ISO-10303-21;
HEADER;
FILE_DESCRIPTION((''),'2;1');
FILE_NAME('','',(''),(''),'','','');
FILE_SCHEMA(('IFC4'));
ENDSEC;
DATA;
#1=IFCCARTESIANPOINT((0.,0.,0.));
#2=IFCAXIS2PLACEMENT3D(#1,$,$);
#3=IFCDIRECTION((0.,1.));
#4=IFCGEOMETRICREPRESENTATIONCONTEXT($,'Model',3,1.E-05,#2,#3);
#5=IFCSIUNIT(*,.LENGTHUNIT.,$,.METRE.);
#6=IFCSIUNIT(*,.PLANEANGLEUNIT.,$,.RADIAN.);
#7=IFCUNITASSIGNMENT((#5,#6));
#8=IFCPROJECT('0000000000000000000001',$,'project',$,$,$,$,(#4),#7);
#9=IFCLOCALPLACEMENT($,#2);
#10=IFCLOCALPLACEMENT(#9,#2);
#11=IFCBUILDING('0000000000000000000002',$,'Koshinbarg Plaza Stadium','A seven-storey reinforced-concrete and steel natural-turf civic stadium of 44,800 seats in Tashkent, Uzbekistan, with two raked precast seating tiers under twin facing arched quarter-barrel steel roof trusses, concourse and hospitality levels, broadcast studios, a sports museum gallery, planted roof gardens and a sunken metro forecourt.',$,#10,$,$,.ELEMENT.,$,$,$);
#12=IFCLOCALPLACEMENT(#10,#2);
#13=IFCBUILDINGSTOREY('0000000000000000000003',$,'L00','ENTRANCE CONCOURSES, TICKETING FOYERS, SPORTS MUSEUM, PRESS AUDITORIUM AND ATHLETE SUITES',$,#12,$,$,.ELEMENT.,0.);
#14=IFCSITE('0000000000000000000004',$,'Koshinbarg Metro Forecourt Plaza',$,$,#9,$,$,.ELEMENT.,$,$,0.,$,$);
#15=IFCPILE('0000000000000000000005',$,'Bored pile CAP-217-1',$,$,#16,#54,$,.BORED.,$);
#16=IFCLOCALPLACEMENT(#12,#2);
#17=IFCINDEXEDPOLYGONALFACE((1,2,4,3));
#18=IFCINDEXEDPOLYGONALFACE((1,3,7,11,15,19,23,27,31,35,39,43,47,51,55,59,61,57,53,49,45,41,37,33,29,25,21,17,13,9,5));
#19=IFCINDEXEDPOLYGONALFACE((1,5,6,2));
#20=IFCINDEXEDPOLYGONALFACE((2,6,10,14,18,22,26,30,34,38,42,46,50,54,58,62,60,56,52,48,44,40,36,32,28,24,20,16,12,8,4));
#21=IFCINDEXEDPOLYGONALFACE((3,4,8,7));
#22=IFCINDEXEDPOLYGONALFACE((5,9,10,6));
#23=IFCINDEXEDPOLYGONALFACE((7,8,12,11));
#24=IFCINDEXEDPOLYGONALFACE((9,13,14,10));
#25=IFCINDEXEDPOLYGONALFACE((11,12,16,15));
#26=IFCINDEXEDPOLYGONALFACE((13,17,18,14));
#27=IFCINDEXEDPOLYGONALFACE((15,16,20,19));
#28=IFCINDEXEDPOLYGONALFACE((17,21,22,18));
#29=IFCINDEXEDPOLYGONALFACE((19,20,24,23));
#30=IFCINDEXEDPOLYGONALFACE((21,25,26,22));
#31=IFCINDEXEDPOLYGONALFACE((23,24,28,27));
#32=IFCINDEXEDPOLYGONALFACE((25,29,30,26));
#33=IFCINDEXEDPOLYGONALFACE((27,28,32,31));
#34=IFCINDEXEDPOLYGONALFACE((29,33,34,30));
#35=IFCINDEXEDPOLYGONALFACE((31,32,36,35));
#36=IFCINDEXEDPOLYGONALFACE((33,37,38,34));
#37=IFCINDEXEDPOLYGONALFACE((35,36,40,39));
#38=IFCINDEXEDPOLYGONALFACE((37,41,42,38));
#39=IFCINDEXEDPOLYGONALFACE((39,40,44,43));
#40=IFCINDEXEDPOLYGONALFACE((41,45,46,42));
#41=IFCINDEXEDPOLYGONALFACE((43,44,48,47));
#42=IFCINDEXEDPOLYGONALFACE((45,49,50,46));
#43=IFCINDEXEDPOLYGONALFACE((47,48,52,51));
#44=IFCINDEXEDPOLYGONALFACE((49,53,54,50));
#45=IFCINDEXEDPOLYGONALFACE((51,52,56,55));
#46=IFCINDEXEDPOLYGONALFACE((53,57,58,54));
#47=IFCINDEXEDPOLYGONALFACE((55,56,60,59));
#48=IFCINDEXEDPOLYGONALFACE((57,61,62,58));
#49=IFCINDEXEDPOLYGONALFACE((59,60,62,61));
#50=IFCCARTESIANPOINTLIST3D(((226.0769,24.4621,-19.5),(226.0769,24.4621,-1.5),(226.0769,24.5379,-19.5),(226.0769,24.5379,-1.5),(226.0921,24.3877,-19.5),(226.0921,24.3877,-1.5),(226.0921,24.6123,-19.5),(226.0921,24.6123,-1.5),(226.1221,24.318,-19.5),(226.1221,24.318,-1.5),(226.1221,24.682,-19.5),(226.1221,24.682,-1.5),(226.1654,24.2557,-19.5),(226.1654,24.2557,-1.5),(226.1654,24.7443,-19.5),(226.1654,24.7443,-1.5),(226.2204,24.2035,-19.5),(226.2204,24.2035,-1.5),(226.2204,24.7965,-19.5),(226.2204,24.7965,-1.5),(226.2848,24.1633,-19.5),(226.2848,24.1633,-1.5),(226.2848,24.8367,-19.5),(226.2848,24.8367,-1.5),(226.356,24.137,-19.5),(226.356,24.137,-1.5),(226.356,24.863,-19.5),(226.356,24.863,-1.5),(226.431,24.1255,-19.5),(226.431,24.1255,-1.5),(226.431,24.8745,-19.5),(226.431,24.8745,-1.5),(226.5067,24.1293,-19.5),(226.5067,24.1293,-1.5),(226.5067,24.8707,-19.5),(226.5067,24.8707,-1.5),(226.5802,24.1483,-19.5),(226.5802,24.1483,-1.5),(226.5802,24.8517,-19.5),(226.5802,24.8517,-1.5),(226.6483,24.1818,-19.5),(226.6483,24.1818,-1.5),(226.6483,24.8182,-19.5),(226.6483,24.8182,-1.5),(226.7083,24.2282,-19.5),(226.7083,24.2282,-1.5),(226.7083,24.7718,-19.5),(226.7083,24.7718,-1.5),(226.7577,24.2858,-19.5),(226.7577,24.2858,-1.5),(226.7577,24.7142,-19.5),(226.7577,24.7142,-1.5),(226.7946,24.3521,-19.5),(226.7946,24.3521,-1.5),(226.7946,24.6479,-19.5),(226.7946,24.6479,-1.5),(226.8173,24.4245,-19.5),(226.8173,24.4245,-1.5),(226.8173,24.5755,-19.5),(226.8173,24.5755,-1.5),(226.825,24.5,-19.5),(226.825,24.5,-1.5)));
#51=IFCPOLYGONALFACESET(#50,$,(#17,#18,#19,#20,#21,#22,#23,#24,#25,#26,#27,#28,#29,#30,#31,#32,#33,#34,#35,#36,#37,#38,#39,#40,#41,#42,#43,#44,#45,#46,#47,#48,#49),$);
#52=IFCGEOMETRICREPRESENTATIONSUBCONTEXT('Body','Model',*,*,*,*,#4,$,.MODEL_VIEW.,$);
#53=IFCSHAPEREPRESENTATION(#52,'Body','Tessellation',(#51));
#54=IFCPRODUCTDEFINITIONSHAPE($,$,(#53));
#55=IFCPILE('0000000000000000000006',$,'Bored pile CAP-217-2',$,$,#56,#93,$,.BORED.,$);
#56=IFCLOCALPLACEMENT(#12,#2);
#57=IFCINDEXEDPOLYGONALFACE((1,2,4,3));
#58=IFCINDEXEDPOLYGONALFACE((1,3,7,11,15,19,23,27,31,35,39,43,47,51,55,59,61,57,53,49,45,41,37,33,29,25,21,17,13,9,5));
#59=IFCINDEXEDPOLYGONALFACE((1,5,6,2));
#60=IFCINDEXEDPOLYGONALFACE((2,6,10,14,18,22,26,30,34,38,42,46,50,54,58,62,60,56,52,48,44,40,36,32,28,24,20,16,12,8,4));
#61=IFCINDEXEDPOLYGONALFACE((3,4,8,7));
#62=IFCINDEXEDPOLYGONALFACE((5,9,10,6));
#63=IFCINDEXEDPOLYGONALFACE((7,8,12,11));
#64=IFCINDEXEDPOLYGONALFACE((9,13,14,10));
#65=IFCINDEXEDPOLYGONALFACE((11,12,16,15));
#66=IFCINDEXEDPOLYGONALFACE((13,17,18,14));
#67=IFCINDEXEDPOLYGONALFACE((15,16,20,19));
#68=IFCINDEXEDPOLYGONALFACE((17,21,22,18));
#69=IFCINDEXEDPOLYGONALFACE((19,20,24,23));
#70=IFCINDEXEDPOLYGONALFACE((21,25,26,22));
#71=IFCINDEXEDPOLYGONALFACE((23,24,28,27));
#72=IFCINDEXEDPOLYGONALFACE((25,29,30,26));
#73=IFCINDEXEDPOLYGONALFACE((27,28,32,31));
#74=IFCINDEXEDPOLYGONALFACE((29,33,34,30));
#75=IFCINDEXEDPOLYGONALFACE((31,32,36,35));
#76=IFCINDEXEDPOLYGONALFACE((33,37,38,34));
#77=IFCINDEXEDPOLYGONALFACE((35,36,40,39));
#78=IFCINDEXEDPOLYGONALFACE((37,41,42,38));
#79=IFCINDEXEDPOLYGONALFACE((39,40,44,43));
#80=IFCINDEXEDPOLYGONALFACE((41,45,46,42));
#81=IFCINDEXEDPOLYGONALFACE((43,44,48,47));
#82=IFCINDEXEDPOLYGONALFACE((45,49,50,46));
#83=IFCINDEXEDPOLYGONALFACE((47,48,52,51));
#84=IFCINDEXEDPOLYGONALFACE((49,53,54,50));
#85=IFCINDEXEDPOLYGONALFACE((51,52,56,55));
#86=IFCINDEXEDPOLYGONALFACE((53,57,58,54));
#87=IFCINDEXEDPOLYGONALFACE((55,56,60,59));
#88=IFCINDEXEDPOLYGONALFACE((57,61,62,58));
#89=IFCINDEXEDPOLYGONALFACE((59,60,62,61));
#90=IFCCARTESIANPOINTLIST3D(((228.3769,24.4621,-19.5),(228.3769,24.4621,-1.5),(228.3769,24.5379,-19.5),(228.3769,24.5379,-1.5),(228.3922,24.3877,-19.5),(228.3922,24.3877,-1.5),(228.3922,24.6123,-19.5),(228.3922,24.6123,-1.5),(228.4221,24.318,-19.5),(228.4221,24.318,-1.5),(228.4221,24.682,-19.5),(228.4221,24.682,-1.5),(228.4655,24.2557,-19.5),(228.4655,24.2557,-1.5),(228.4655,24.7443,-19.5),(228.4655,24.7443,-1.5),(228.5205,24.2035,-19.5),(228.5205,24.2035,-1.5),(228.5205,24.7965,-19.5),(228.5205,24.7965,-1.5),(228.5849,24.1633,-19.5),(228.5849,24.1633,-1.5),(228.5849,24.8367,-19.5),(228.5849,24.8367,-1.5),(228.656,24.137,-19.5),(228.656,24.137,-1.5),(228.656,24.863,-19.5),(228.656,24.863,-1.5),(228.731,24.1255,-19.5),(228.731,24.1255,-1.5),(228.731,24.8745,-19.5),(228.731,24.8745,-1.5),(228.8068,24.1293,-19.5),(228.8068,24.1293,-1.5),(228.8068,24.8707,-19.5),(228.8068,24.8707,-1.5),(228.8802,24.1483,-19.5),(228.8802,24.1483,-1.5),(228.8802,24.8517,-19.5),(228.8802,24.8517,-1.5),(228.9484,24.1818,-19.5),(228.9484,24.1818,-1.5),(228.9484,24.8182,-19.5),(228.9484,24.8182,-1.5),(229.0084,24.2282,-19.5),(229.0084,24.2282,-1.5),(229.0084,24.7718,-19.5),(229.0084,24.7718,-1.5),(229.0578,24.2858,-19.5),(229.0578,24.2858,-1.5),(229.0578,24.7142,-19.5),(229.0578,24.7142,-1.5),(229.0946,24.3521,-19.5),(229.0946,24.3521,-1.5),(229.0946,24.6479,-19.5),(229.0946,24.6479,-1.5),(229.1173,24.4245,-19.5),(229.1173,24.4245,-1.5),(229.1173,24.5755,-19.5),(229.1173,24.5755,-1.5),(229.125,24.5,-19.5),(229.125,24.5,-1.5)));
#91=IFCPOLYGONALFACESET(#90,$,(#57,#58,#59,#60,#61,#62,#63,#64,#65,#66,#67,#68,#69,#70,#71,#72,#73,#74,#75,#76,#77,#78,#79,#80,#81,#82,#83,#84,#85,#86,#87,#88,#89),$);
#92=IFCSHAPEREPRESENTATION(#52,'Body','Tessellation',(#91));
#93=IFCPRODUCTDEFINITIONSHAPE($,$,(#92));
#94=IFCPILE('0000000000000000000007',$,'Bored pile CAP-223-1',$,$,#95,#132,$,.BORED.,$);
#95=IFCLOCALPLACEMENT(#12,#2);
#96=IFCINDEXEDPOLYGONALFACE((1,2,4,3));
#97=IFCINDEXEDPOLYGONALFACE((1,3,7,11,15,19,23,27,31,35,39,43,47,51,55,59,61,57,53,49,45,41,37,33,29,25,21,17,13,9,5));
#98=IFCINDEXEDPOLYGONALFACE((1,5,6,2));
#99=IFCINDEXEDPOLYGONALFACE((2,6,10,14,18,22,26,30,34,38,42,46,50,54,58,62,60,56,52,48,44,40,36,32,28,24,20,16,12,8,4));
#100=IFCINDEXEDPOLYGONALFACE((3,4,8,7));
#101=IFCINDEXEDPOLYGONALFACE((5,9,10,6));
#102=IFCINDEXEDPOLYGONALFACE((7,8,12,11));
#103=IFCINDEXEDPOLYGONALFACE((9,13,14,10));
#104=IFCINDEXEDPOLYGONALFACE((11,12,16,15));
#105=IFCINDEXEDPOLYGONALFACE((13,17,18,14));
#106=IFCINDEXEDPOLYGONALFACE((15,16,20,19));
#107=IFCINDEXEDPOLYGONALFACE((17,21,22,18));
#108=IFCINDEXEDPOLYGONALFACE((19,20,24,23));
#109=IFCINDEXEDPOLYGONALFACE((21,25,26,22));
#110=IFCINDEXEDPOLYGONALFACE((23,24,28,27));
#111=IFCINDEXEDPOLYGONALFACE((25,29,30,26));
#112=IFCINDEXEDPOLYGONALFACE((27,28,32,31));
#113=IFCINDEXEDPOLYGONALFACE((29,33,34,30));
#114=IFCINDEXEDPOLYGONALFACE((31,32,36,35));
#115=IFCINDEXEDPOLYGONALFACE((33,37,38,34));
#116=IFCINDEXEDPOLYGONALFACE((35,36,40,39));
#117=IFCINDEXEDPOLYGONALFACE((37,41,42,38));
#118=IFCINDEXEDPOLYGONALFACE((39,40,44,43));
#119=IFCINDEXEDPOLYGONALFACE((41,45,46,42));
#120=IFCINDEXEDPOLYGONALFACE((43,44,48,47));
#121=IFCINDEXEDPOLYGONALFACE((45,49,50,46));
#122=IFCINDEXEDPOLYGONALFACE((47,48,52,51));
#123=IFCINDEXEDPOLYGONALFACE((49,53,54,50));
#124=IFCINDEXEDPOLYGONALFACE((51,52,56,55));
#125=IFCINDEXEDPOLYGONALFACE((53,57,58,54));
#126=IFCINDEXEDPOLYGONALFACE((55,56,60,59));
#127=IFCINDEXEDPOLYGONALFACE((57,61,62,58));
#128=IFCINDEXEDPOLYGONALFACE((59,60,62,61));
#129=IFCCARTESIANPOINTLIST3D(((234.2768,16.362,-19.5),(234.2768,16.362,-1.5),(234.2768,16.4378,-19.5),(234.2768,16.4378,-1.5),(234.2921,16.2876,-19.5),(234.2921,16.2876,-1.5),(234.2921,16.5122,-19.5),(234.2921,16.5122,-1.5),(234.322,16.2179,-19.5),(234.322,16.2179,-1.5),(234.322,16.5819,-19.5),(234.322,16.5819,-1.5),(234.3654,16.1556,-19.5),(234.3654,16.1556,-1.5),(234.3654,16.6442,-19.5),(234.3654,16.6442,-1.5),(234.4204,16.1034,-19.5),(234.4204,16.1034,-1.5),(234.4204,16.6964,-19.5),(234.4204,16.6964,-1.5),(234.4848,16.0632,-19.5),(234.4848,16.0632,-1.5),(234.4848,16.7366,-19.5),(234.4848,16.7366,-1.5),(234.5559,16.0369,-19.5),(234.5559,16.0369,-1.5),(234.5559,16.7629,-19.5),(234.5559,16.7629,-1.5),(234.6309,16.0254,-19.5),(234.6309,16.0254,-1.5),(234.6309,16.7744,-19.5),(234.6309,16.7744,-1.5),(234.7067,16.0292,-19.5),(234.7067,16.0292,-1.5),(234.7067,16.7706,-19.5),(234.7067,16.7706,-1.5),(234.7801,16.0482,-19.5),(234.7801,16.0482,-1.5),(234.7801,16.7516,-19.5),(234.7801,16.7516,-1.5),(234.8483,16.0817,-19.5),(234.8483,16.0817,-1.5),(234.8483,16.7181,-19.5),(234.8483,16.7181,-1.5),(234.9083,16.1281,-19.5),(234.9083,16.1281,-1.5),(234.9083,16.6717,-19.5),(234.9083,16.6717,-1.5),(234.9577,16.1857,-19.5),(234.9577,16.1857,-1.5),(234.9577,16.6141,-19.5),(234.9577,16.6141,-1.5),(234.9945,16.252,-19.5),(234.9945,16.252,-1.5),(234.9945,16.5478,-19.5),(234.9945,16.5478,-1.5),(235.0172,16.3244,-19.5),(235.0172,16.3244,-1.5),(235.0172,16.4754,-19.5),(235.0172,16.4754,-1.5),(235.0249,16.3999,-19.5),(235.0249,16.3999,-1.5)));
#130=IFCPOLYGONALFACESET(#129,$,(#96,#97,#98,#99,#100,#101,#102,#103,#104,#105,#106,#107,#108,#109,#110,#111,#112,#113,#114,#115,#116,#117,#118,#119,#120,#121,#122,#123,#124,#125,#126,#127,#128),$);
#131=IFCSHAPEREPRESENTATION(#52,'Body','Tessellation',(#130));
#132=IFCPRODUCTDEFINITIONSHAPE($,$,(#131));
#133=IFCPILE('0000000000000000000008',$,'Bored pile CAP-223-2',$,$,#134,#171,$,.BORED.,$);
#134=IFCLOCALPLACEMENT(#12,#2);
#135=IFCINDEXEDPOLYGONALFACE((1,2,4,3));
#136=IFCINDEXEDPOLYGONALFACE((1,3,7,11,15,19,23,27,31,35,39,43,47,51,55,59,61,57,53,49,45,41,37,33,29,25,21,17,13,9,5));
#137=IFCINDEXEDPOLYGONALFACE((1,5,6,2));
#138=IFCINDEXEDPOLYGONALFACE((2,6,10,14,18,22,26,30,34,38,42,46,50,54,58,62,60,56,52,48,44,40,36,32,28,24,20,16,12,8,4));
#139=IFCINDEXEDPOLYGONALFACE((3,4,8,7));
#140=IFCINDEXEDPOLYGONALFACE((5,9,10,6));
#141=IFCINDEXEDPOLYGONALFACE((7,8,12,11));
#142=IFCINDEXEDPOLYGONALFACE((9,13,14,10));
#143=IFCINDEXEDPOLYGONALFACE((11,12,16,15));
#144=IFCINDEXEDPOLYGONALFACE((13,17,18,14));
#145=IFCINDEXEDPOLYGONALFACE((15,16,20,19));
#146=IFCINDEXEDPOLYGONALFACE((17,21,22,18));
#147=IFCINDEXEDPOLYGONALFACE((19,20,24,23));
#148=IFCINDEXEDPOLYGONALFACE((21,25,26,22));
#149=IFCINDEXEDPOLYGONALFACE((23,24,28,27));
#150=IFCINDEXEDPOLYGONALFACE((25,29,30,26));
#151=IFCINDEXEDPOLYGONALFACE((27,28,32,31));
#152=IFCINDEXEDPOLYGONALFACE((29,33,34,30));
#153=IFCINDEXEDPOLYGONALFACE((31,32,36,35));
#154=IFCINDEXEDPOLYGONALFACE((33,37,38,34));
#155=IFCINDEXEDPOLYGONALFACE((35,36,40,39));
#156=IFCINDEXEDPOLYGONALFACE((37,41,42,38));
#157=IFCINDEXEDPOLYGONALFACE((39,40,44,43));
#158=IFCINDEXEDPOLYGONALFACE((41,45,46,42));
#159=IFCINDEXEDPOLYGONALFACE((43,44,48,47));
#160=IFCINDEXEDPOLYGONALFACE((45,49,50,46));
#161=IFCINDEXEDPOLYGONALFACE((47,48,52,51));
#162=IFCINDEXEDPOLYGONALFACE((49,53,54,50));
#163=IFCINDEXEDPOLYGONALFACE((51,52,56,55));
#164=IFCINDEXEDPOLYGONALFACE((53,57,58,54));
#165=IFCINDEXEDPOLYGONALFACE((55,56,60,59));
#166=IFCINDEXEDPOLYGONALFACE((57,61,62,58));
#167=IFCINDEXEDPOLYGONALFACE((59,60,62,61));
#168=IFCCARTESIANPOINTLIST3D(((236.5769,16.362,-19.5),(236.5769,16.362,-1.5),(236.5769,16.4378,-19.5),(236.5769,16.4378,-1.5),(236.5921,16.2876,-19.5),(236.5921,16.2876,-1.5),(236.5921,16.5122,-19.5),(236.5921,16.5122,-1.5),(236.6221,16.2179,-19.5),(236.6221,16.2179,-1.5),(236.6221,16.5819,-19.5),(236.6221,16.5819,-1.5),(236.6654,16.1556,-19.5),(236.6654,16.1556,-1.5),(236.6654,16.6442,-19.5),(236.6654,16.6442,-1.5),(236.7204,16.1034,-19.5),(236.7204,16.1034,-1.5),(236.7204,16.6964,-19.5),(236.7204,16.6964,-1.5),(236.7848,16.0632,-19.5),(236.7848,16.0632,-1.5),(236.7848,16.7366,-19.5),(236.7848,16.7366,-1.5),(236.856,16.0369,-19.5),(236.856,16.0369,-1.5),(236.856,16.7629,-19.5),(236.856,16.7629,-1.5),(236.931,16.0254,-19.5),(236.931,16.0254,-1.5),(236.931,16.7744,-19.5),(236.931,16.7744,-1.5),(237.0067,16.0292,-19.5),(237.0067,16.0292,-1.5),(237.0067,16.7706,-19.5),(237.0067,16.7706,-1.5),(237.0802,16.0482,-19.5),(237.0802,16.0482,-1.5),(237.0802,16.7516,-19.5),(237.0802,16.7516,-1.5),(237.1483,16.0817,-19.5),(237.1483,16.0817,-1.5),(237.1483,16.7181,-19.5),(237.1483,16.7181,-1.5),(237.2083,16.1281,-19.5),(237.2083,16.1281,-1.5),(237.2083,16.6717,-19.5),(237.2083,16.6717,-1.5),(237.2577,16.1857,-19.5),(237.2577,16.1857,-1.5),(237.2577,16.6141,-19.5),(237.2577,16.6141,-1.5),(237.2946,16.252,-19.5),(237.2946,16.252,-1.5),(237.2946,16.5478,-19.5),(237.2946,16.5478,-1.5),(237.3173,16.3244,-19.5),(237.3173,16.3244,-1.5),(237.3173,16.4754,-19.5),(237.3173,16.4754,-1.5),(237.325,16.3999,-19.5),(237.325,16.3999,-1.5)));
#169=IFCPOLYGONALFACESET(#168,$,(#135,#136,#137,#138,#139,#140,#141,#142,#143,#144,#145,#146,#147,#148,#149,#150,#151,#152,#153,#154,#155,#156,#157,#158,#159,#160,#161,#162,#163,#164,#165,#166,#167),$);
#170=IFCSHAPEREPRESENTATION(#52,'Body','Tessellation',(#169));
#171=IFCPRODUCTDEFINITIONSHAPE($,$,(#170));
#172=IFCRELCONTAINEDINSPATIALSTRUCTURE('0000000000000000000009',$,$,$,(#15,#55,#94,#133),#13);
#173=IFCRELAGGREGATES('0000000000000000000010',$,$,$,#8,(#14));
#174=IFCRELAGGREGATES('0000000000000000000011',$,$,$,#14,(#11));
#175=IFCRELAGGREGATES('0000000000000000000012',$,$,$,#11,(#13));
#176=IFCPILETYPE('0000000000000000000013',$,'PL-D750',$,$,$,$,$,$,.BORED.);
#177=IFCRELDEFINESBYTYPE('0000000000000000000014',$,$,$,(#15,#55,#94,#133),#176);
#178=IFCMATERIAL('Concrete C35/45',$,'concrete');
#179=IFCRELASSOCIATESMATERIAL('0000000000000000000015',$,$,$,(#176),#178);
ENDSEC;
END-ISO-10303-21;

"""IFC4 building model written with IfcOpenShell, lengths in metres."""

from ifc_helpers import new_model, si_unit, direction, frame, origin, origin_2d, place, context, subcontext, project, spatial, circle, extrude, material, material_profile, profile_set, type_object, element, save


model = new_model("IFC4")

# Units and contexts
model_context = context("Model", 3, precision=1e-05, world=origin(), true_north=direction((0.0, 1.0)))
body_context = subcontext(model_context, "Body", "Model", "MODEL_VIEW")
ifc_project = project(units=[si_unit("LENGTHUNIT", "METRE"), si_unit("PLANEANGLEUNIT", "RADIAN")], contexts=[model_context])

# Site, building, storey
site_placement = place(None, origin())
site = spatial("IfcSite", under=ifc_project, at=site_placement, Name="Koshinbarg Metro Forecourt Plaza", CompositionType="ELEMENT", RefElevation=0.0)
building_placement = place(site_placement, origin())
building = spatial("IfcBuilding", under=site, at=building_placement, Name="Koshinbarg Plaza Stadium", Description="A seven-storey reinforced-concrete and steel natural-turf civic stadium of 44,800 seats in Tashkent, Uzbekistan, with two raked precast seating tiers under twin facing arched quarter-barrel steel roof trusses, concourse and hospitality levels, broadcast studios, a sports museum gallery, planted roof gardens and a sunken metro forecourt.", CompositionType="ELEMENT")
storey_placement = place(building_placement, origin())
storey = spatial("IfcBuildingStorey", under=building, at=storey_placement, Name="L00", Description="ENTRANCE CONCOURSES, TICKETING FOYERS, SPORTS MUSEUM, PRESS AUDITORIUM AND ATHLETE SUITES", CompositionType="ELEMENT", Elevation=0.0)

# Shared definitions
ifc_material_1 = material(Name="Concrete C35/45", Category="concrete")

# Piles
ifc_material_profile_1 = material_profile(ifc_material_1, circle(Radius=0.375, at=origin_2d()), Name="PILE D750")
ifc_profile_set_1 = profile_set([ifc_material_profile_1], Name="Concrete C35/45")
pile_type_1 = type_object("IfcPileType", Name="PL-D750", PredefinedType="BORED", material=ifc_profile_set_1)
for number, where, z_axis, x_axis, name in (
    (1, (226.45, 24.5, -1.5), (0.0, 0.0, -1.0), (1.0, 0.0, 0.0), "Bored pile CAP-217-1"),
    (2, (228.75, 24.5, -1.5), (0.0, 0.0, -1.0), (1.0, 0.0, 0.0), "Bored pile CAP-217-2"),
    (3, (234.6499, 16.3999, -1.5), (0.0, 0.0, -1.0), (1.0, 0.0, 0.0), "Bored pile CAP-223-1"),
    (4, (236.95, 16.3999, -1.5), (0.0, 0.0, -1.0), (1.0, 0.0, 0.0), "Bored pile CAP-223-2"),
):
    element("IfcPile", number, at=place(storey_placement, frame(where, z_axis=z_axis, x_axis=x_axis)), inside=storey, type_object=pile_type_1, Name=name, PredefinedType="BORED", context=body_context, shape_type="SweptSolid", body=[
        extrude(circle(Radius=0.375, at=origin_2d()), origin(), (0.0, 0.0, 1.0), 18.0),
    ])

save(model, "model.ifc")
